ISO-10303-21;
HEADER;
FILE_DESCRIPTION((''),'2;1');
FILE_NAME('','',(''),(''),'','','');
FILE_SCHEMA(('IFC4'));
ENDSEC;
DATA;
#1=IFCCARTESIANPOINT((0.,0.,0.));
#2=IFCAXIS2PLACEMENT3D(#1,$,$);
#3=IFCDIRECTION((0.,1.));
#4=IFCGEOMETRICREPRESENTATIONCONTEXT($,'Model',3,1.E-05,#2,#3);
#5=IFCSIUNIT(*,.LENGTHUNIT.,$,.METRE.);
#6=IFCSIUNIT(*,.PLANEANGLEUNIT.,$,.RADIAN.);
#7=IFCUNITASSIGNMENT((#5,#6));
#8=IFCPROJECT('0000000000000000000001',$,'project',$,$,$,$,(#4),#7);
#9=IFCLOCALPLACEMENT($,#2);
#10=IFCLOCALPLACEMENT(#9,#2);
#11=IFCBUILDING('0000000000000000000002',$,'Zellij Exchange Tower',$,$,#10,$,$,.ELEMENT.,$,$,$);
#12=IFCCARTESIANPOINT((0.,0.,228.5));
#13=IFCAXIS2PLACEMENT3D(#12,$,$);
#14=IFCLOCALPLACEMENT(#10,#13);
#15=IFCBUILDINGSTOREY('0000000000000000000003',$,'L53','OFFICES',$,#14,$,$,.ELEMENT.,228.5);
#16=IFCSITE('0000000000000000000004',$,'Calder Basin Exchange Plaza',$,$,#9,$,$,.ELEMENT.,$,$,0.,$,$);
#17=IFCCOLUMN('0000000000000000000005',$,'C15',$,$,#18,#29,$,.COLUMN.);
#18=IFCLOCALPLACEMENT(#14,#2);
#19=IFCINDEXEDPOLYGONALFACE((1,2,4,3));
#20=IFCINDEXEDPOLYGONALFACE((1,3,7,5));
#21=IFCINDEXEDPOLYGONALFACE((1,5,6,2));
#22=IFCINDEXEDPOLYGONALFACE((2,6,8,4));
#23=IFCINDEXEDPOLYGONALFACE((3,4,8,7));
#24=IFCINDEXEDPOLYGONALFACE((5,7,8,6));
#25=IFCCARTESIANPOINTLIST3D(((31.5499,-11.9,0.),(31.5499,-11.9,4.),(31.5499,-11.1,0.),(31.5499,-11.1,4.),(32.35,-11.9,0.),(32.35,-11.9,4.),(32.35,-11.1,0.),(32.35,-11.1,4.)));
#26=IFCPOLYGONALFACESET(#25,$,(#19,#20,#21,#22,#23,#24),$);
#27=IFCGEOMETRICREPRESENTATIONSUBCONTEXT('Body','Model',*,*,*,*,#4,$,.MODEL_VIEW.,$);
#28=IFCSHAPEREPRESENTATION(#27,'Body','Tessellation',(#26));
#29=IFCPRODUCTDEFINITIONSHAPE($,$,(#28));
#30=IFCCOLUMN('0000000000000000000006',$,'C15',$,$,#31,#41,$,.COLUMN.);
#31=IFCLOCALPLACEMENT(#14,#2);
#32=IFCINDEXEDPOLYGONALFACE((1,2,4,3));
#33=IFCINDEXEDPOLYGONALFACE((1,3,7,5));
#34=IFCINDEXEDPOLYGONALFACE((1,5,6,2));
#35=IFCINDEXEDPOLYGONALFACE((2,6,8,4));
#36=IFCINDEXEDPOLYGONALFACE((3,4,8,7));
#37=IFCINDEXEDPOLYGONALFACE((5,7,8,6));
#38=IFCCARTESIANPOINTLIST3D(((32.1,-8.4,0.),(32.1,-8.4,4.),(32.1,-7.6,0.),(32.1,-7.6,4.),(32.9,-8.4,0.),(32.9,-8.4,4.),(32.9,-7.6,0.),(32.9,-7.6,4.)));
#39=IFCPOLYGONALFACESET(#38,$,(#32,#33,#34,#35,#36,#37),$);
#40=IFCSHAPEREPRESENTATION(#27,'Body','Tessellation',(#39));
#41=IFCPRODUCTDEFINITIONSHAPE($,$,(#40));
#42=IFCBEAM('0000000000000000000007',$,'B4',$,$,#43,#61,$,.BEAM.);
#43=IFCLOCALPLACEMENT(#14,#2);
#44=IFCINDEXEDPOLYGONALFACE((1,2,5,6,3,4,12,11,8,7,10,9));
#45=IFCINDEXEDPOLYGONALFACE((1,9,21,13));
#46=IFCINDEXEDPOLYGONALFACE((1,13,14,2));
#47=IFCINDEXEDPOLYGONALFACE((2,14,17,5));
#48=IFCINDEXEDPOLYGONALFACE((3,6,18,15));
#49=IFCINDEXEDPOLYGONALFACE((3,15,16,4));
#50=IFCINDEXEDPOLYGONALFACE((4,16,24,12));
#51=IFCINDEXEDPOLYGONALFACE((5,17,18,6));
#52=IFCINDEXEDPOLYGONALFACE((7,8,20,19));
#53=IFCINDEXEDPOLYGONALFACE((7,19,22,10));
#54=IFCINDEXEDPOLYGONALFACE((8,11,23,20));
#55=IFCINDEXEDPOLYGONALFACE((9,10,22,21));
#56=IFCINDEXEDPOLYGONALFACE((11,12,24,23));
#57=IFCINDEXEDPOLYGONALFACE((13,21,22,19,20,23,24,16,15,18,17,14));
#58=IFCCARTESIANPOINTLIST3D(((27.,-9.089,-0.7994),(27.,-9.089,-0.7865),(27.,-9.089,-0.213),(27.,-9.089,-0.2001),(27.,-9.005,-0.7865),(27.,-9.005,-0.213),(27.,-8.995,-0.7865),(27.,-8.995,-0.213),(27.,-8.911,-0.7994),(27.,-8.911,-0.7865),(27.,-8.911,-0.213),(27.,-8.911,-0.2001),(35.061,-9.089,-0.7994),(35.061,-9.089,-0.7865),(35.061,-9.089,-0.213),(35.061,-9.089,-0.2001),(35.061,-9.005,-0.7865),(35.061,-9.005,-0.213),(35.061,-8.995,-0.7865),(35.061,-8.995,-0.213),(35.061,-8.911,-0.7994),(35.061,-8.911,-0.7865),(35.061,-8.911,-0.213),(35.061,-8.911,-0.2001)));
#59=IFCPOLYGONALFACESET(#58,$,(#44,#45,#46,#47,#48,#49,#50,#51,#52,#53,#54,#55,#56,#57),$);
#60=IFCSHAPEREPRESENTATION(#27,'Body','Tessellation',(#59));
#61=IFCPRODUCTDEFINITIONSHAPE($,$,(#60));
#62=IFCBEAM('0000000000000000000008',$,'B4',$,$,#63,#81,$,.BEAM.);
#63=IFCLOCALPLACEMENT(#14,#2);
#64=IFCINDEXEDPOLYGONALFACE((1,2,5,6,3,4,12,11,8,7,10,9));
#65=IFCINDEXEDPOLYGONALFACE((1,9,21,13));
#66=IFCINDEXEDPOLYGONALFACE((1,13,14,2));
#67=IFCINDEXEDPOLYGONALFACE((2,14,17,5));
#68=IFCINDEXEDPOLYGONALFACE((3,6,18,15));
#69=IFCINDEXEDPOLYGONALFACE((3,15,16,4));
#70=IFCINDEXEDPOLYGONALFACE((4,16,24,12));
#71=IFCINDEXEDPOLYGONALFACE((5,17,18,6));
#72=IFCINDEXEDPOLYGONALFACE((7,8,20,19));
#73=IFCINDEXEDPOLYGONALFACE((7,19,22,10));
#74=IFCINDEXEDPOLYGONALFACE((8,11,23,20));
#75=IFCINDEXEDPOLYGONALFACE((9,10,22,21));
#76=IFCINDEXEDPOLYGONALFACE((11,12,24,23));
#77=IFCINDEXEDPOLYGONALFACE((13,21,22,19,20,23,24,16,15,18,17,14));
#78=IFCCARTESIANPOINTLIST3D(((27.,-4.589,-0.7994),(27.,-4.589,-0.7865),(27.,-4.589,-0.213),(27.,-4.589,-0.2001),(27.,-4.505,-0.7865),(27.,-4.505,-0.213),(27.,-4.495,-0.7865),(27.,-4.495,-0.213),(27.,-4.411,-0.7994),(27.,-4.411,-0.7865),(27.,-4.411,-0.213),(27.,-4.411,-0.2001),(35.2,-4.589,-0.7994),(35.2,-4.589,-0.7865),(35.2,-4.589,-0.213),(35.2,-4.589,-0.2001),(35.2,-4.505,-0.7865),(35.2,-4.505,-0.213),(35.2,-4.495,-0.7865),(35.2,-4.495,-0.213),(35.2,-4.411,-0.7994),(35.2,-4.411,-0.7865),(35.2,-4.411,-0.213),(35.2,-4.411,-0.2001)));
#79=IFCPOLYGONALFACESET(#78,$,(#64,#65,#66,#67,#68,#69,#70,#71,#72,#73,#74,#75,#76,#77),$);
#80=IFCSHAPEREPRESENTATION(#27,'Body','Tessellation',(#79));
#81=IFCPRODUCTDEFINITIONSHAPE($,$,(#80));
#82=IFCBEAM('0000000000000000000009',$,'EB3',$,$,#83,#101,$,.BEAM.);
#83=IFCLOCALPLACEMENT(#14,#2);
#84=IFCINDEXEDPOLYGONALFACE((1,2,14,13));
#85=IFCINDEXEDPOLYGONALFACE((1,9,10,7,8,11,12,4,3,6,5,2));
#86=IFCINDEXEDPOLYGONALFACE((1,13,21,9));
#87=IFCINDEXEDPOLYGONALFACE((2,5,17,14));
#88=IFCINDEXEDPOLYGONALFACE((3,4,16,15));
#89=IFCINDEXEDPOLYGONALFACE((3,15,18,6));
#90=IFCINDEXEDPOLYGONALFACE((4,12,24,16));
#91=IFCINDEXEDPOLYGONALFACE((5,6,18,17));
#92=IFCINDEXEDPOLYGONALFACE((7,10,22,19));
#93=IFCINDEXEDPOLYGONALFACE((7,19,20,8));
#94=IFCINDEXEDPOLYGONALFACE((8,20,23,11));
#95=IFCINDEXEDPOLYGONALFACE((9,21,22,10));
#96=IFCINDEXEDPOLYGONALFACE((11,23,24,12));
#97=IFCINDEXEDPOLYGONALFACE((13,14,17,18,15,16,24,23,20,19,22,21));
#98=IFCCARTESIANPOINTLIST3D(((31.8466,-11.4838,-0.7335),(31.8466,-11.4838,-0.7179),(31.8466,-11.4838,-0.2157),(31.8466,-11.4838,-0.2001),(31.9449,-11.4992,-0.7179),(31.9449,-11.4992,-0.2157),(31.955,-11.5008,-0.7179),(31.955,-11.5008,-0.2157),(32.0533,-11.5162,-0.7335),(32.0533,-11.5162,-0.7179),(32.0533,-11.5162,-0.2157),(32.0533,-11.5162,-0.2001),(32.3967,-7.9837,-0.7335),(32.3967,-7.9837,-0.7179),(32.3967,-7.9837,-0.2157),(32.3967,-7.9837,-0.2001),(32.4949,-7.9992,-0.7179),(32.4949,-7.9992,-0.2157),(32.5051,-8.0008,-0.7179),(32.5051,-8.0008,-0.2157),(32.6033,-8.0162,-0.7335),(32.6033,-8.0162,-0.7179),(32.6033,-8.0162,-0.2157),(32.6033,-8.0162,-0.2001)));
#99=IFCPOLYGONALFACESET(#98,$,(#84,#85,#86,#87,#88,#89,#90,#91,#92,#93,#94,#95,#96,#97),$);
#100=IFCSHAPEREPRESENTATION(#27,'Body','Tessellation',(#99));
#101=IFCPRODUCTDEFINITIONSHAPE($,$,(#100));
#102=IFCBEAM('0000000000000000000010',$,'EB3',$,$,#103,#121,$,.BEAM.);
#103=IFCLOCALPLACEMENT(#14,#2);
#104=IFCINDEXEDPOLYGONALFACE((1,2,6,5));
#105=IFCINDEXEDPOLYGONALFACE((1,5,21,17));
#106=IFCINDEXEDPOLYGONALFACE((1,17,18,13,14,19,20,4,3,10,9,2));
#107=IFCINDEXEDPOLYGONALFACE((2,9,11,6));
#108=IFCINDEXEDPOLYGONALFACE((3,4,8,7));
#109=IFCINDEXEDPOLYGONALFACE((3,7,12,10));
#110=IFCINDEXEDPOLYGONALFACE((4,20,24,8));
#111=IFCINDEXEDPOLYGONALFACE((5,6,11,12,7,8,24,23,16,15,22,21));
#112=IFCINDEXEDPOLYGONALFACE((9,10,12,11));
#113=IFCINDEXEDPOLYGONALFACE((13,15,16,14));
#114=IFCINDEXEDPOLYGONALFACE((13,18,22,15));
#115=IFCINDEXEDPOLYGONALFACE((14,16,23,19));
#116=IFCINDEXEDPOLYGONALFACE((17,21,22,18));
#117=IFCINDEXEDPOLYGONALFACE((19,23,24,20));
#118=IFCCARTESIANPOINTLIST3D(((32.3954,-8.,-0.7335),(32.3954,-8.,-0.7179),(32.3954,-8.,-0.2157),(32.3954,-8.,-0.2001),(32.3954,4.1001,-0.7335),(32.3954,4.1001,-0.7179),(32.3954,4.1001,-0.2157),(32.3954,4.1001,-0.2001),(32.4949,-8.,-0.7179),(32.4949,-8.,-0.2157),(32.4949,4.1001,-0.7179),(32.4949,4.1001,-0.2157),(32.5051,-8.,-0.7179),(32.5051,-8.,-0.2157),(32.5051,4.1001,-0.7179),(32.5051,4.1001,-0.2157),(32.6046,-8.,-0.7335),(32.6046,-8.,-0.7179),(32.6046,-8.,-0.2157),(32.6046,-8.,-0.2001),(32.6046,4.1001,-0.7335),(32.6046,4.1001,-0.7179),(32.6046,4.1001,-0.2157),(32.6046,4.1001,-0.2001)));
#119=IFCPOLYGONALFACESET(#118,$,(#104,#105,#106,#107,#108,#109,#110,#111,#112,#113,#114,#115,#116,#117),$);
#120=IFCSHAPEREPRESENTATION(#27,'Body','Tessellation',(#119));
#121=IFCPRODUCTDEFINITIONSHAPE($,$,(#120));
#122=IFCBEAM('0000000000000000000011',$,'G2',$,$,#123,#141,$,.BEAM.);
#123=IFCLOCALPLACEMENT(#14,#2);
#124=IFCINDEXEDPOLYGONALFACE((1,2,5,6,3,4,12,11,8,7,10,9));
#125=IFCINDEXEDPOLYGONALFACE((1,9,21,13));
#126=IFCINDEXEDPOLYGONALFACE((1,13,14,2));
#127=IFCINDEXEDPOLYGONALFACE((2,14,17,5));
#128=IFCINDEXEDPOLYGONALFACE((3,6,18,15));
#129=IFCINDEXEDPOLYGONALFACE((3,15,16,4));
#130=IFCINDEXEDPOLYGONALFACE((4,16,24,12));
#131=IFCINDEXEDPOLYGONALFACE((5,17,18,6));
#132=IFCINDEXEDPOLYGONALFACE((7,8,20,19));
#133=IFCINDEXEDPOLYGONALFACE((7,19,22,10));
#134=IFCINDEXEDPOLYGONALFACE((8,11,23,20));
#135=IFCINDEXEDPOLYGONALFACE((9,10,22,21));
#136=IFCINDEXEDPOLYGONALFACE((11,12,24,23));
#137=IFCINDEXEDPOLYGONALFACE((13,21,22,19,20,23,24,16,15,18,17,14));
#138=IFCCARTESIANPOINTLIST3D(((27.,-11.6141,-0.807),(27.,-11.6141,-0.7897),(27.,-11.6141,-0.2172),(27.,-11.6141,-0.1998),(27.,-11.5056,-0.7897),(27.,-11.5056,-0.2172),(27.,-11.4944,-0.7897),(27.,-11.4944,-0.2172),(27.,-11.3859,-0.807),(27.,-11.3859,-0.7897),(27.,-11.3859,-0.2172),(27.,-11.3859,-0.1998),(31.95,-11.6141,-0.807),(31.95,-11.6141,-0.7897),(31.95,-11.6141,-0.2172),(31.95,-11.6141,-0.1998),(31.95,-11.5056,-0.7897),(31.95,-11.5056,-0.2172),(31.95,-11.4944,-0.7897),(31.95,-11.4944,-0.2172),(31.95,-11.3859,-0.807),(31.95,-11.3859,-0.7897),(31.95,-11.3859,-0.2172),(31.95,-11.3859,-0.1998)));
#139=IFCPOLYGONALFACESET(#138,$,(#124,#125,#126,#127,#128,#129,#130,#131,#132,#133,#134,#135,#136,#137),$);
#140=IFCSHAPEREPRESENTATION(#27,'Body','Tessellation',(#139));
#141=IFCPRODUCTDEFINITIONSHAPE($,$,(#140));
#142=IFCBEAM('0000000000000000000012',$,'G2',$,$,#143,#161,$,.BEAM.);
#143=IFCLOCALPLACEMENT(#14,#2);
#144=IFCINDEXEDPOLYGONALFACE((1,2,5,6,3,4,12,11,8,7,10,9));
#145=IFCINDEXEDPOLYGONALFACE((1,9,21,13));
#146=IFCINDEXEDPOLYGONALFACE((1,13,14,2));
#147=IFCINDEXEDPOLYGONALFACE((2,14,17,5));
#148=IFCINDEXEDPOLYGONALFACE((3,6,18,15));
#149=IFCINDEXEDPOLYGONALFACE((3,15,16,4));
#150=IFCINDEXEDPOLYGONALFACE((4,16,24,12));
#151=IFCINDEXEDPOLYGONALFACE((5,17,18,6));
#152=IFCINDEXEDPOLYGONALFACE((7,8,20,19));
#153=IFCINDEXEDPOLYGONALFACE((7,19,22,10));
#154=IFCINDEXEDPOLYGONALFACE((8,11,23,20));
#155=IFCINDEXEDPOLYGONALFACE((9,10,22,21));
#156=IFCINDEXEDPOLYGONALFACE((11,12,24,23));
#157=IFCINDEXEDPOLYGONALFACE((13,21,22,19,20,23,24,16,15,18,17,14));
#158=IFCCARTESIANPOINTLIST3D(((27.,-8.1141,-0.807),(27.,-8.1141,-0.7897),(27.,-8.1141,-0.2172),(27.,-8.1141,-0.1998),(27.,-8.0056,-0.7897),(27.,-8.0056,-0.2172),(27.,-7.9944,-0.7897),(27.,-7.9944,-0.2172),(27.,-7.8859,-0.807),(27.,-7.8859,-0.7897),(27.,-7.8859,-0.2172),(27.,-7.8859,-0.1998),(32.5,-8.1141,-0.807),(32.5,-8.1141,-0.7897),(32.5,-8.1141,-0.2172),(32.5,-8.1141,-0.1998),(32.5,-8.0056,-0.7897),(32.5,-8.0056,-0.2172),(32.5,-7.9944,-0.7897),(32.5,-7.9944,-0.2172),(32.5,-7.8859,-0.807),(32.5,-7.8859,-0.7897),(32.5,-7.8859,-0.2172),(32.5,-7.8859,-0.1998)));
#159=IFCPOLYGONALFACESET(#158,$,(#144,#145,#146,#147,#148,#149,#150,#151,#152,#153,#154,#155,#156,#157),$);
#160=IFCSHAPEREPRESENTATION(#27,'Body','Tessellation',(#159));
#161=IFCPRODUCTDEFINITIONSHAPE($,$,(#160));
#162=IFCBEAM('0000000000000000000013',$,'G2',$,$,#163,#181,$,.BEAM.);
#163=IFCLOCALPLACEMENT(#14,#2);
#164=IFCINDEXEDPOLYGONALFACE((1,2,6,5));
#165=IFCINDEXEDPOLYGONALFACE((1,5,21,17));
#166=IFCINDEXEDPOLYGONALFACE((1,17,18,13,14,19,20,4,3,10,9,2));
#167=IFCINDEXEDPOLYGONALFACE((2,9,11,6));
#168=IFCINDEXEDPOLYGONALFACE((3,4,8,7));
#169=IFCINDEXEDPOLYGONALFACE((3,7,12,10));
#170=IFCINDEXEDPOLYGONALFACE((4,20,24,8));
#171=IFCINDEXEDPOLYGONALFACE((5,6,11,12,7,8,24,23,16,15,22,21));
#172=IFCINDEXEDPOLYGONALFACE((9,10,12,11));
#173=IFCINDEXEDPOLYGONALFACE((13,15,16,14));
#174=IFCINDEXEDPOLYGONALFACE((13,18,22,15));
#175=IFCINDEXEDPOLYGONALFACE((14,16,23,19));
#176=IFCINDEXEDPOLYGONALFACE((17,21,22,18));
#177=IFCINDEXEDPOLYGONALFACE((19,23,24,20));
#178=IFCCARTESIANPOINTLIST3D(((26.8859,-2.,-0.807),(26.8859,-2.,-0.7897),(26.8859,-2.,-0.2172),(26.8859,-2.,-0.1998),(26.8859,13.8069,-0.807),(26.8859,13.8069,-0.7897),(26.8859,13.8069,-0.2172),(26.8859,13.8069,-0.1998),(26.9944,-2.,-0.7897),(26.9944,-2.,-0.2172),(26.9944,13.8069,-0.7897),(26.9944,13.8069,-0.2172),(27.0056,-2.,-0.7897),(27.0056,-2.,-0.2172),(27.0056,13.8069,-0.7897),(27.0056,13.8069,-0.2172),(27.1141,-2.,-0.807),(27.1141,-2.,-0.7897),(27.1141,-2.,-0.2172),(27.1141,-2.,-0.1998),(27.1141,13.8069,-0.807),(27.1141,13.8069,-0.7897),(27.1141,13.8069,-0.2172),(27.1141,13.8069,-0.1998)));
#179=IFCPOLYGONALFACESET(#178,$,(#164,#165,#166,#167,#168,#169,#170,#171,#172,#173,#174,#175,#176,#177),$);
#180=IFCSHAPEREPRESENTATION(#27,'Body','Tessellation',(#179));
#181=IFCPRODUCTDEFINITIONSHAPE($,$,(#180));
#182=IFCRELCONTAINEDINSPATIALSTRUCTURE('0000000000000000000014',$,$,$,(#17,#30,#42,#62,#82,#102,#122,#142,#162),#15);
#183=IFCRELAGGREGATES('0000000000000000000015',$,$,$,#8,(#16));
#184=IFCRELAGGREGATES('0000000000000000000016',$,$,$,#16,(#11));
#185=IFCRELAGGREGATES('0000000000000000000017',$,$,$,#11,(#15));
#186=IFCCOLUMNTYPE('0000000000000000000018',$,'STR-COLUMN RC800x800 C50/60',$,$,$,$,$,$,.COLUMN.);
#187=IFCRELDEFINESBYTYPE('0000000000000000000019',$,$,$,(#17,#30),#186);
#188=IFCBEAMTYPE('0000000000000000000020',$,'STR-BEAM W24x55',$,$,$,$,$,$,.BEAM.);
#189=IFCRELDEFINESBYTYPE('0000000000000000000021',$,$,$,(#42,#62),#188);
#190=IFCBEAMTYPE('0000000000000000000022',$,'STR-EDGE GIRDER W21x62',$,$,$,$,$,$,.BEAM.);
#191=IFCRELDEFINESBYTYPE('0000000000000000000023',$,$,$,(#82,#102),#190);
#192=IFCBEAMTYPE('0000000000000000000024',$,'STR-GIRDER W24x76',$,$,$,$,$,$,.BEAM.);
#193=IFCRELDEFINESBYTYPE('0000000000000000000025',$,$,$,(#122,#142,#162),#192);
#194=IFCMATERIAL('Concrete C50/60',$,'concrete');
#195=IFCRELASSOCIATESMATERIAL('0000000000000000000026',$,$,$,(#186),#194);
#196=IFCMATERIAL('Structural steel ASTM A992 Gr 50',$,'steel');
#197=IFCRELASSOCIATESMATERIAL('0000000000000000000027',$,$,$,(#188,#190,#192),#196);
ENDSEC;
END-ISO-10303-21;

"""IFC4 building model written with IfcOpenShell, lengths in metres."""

from ifc_helpers import new_model, si_unit, direction, frame, origin, origin_2d, place, context, subcontext, project, spatial, rectangle, i_section, extrude, material, material_profile, profile_set, type_object, element, save


model = new_model("IFC4")

# Units and contexts
model_context = context("Model", 3, precision=1e-05, world=origin(), true_north=direction((0.0, 1.0)))
body_context = subcontext(model_context, "Body", "Model", "MODEL_VIEW")
ifc_project = project(units=[si_unit("LENGTHUNIT", "METRE"), si_unit("PLANEANGLEUNIT", "RADIAN")], contexts=[model_context])

# Site, building, storey
site_placement = place(None, origin())
site = spatial("IfcSite", under=ifc_project, at=site_placement, Name="Calder Basin Exchange Plaza", CompositionType="ELEMENT", RefElevation=0.0)
building_placement = place(site_placement, origin())
building = spatial("IfcBuilding", under=site, at=building_placement, Name="Zellij Exchange Tower", CompositionType="ELEMENT")
storey_placement = place(building_placement, frame((0.0, 0.0, 228.5)))
storey = spatial("IfcBuildingStorey", under=building, at=storey_placement, Name="L53", Description="OFFICES", CompositionType="ELEMENT", Elevation=228.5)

# Columns
ifc_material_1 = material(Name="Concrete C50/60", Category="concrete")
ifc_material_profile_1 = material_profile(ifc_material_1, rectangle(XDim=0.8, YDim=0.8, at=origin_2d()), Name="STR-COLUMN RC800x800 C50/60")
ifc_profile_set_1 = profile_set([ifc_material_profile_1], Name="Concrete C50/60")
column_type = type_object("IfcColumnType", Name="STR-COLUMN RC800x800 C50/60", PredefinedType="COLUMN", material=ifc_profile_set_1)
for number, where, z_axis, x_axis, name in (
    (1, (31.95, -11.5, 0.0), (0.0, 0.0, 1.0), (1.0, 0.0, 0.0), "C15"),
    (2, (32.5, -8.0, 0.0), (0.0, 0.0, 1.0), (1.0, 0.0, 0.0), "C15"),
):
    element("IfcColumn", number, at=place(storey_placement, frame(where, z_axis=z_axis, x_axis=x_axis)), inside=storey, type_object=column_type, Name=name, PredefinedType="COLUMN", context=body_context, shape_type="SweptSolid", body=[
        extrude(rectangle(XDim=0.8, YDim=0.8, at=origin_2d()), origin(), (0.0, 0.0, 1.0), 4.0),
    ])

# Beams
ifc_material_2 = material(Name="Structural steel ASTM A992 Gr 50", Category="steel")
ifc_material_profile_2 = material_profile(ifc_material_2, i_section(OverallWidth=0.178, OverallDepth=0.5994, WebThickness=0.01, FlangeThickness=0.0129, at=origin_2d()), Name="W24x55")
ifc_profile_set_2 = profile_set([ifc_material_profile_2], Name="Structural steel ASTM A992 Gr 50")
beam_type_1 = type_object("IfcBeamType", Name="STR-BEAM W24x55", PredefinedType="BEAM", material=ifc_profile_set_2)
beam_1_placement = place(storey_placement, frame((27.0, -9.0, -0.4998), z_axis=(1.0, 0.0, 0.0), x_axis=(0.0, 1.0, 0.0)))
element("IfcBeam", 3, at=beam_1_placement, inside=storey, type_object=beam_type_1, Name="B4", PredefinedType="BEAM", context=body_context, shape_type="SweptSolid", body=[
    extrude(i_section(OverallWidth=0.178, OverallDepth=0.5994, WebThickness=0.01, FlangeThickness=0.0129, at=origin_2d()), origin(), (0.0, 0.0, 1.0), 8.061),
])
beam_2_placement = place(storey_placement, frame((27.0, -4.5, -0.4998), z_axis=(1.0, 0.0, 0.0), x_axis=(0.0, 1.0, 0.0)))
element("IfcBeam", 4, at=beam_2_placement, inside=storey, type_object=beam_type_1, Name="B4", PredefinedType="BEAM", context=body_context, shape_type="SweptSolid", body=[
    extrude(i_section(OverallWidth=0.178, OverallDepth=0.5994, WebThickness=0.01, FlangeThickness=0.0129, at=origin_2d()), origin(), (0.0, 0.0, 1.0), 8.2),
])
ifc_material_profile_3 = material_profile(ifc_material_2, i_section(OverallWidth=0.2092, OverallDepth=0.5334, WebThickness=0.0103, FlangeThickness=0.0156, at=origin_2d()), Name="W21x62")
ifc_profile_set_3 = profile_set([ifc_material_profile_3], Name="Structural steel ASTM A992 Gr 50")
beam_type_2 = type_object("IfcBeamType", Name="STR-EDGE GIRDER W21x62", PredefinedType="BEAM", material=ifc_profile_set_3)
beam_3_placement = place(storey_placement, frame((31.95, -11.5, -0.4668), z_axis=(0.155251, 0.987875, 0.0), x_axis=(-0.987875, 0.155251, 0.0)))
element("IfcBeam", 5, at=beam_3_placement, inside=storey, type_object=beam_type_2, Name="EB3", PredefinedType="BEAM", context=body_context, shape_type="SweptSolid", body=[
    extrude(i_section(OverallWidth=0.2092, OverallDepth=0.5334, WebThickness=0.0103, FlangeThickness=0.0156, at=origin_2d()), origin(), (0.0, 0.0, 1.0), 3.543),
])
beam_4_placement = place(storey_placement, frame((32.5, -8.0, -0.4668), z_axis=(0.0, 1.0, 0.0), x_axis=(-1.0, 0.0, 0.0)))
element("IfcBeam", 6, at=beam_4_placement, inside=storey, type_object=beam_type_2, Name="EB3", PredefinedType="BEAM", context=body_context, shape_type="SweptSolid", body=[
    extrude(i_section(OverallWidth=0.2092, OverallDepth=0.5334, WebThickness=0.0103, FlangeThickness=0.0156, at=origin_2d()), origin(), (0.0, 0.0, 1.0), 12.1001),
])
ifc_material_profile_4 = material_profile(ifc_material_2, i_section(OverallWidth=0.2283, OverallDepth=0.6072, WebThickness=0.0112, FlangeThickness=0.0173, at=origin_2d()), Name="W24x76")
ifc_profile_set_4 = profile_set([ifc_material_profile_4], Name="Structural steel ASTM A992 Gr 50")
beam_type_3 = type_object("IfcBeamType", Name="STR-GIRDER W24x76", PredefinedType="BEAM", material=ifc_profile_set_4)
beam_5_placement = place(storey_placement, frame((27.0, -11.5, -0.5034), z_axis=(1.0, 0.0, 0.0), x_axis=(0.0, 1.0, 0.0)))
element("IfcBeam", 7, at=beam_5_placement, inside=storey, type_object=beam_type_3, Name="G2", PredefinedType="BEAM", context=body_context, shape_type="SweptSolid", body=[
    extrude(i_section(OverallWidth=0.2283, OverallDepth=0.6072, WebThickness=0.0112, FlangeThickness=0.0173, at=origin_2d()), origin(), (0.0, 0.0, 1.0), 4.95),
])
beam_6_placement = place(storey_placement, frame((27.0, -8.0, -0.5034), z_axis=(1.0, 0.0, 0.0), x_axis=(0.0, 1.0, 0.0)))
element("IfcBeam", 8, at=beam_6_placement, inside=storey, type_object=beam_type_3, Name="G2", PredefinedType="BEAM", context=body_context, shape_type="SweptSolid", body=[
    extrude(i_section(OverallWidth=0.2283, OverallDepth=0.6072, WebThickness=0.0112, FlangeThickness=0.0173, at=origin_2d()), origin(), (0.0, 0.0, 1.0), 5.5),
])
beam_7_placement = place(storey_placement, frame((27.0, -2.0, -0.5034), z_axis=(0.0, 1.0, 0.0), x_axis=(-1.0, 0.0, 0.0)))
element("IfcBeam", 9, at=beam_7_placement, inside=storey, type_object=beam_type_3, Name="G2", PredefinedType="BEAM", context=body_context, shape_type="SweptSolid", body=[
    extrude(i_section(OverallWidth=0.2283, OverallDepth=0.6072, WebThickness=0.0112, FlangeThickness=0.0173, at=origin_2d()), origin(), (0.0, 0.0, 1.0), 15.8069),
])

save(model, "model.ifc")
